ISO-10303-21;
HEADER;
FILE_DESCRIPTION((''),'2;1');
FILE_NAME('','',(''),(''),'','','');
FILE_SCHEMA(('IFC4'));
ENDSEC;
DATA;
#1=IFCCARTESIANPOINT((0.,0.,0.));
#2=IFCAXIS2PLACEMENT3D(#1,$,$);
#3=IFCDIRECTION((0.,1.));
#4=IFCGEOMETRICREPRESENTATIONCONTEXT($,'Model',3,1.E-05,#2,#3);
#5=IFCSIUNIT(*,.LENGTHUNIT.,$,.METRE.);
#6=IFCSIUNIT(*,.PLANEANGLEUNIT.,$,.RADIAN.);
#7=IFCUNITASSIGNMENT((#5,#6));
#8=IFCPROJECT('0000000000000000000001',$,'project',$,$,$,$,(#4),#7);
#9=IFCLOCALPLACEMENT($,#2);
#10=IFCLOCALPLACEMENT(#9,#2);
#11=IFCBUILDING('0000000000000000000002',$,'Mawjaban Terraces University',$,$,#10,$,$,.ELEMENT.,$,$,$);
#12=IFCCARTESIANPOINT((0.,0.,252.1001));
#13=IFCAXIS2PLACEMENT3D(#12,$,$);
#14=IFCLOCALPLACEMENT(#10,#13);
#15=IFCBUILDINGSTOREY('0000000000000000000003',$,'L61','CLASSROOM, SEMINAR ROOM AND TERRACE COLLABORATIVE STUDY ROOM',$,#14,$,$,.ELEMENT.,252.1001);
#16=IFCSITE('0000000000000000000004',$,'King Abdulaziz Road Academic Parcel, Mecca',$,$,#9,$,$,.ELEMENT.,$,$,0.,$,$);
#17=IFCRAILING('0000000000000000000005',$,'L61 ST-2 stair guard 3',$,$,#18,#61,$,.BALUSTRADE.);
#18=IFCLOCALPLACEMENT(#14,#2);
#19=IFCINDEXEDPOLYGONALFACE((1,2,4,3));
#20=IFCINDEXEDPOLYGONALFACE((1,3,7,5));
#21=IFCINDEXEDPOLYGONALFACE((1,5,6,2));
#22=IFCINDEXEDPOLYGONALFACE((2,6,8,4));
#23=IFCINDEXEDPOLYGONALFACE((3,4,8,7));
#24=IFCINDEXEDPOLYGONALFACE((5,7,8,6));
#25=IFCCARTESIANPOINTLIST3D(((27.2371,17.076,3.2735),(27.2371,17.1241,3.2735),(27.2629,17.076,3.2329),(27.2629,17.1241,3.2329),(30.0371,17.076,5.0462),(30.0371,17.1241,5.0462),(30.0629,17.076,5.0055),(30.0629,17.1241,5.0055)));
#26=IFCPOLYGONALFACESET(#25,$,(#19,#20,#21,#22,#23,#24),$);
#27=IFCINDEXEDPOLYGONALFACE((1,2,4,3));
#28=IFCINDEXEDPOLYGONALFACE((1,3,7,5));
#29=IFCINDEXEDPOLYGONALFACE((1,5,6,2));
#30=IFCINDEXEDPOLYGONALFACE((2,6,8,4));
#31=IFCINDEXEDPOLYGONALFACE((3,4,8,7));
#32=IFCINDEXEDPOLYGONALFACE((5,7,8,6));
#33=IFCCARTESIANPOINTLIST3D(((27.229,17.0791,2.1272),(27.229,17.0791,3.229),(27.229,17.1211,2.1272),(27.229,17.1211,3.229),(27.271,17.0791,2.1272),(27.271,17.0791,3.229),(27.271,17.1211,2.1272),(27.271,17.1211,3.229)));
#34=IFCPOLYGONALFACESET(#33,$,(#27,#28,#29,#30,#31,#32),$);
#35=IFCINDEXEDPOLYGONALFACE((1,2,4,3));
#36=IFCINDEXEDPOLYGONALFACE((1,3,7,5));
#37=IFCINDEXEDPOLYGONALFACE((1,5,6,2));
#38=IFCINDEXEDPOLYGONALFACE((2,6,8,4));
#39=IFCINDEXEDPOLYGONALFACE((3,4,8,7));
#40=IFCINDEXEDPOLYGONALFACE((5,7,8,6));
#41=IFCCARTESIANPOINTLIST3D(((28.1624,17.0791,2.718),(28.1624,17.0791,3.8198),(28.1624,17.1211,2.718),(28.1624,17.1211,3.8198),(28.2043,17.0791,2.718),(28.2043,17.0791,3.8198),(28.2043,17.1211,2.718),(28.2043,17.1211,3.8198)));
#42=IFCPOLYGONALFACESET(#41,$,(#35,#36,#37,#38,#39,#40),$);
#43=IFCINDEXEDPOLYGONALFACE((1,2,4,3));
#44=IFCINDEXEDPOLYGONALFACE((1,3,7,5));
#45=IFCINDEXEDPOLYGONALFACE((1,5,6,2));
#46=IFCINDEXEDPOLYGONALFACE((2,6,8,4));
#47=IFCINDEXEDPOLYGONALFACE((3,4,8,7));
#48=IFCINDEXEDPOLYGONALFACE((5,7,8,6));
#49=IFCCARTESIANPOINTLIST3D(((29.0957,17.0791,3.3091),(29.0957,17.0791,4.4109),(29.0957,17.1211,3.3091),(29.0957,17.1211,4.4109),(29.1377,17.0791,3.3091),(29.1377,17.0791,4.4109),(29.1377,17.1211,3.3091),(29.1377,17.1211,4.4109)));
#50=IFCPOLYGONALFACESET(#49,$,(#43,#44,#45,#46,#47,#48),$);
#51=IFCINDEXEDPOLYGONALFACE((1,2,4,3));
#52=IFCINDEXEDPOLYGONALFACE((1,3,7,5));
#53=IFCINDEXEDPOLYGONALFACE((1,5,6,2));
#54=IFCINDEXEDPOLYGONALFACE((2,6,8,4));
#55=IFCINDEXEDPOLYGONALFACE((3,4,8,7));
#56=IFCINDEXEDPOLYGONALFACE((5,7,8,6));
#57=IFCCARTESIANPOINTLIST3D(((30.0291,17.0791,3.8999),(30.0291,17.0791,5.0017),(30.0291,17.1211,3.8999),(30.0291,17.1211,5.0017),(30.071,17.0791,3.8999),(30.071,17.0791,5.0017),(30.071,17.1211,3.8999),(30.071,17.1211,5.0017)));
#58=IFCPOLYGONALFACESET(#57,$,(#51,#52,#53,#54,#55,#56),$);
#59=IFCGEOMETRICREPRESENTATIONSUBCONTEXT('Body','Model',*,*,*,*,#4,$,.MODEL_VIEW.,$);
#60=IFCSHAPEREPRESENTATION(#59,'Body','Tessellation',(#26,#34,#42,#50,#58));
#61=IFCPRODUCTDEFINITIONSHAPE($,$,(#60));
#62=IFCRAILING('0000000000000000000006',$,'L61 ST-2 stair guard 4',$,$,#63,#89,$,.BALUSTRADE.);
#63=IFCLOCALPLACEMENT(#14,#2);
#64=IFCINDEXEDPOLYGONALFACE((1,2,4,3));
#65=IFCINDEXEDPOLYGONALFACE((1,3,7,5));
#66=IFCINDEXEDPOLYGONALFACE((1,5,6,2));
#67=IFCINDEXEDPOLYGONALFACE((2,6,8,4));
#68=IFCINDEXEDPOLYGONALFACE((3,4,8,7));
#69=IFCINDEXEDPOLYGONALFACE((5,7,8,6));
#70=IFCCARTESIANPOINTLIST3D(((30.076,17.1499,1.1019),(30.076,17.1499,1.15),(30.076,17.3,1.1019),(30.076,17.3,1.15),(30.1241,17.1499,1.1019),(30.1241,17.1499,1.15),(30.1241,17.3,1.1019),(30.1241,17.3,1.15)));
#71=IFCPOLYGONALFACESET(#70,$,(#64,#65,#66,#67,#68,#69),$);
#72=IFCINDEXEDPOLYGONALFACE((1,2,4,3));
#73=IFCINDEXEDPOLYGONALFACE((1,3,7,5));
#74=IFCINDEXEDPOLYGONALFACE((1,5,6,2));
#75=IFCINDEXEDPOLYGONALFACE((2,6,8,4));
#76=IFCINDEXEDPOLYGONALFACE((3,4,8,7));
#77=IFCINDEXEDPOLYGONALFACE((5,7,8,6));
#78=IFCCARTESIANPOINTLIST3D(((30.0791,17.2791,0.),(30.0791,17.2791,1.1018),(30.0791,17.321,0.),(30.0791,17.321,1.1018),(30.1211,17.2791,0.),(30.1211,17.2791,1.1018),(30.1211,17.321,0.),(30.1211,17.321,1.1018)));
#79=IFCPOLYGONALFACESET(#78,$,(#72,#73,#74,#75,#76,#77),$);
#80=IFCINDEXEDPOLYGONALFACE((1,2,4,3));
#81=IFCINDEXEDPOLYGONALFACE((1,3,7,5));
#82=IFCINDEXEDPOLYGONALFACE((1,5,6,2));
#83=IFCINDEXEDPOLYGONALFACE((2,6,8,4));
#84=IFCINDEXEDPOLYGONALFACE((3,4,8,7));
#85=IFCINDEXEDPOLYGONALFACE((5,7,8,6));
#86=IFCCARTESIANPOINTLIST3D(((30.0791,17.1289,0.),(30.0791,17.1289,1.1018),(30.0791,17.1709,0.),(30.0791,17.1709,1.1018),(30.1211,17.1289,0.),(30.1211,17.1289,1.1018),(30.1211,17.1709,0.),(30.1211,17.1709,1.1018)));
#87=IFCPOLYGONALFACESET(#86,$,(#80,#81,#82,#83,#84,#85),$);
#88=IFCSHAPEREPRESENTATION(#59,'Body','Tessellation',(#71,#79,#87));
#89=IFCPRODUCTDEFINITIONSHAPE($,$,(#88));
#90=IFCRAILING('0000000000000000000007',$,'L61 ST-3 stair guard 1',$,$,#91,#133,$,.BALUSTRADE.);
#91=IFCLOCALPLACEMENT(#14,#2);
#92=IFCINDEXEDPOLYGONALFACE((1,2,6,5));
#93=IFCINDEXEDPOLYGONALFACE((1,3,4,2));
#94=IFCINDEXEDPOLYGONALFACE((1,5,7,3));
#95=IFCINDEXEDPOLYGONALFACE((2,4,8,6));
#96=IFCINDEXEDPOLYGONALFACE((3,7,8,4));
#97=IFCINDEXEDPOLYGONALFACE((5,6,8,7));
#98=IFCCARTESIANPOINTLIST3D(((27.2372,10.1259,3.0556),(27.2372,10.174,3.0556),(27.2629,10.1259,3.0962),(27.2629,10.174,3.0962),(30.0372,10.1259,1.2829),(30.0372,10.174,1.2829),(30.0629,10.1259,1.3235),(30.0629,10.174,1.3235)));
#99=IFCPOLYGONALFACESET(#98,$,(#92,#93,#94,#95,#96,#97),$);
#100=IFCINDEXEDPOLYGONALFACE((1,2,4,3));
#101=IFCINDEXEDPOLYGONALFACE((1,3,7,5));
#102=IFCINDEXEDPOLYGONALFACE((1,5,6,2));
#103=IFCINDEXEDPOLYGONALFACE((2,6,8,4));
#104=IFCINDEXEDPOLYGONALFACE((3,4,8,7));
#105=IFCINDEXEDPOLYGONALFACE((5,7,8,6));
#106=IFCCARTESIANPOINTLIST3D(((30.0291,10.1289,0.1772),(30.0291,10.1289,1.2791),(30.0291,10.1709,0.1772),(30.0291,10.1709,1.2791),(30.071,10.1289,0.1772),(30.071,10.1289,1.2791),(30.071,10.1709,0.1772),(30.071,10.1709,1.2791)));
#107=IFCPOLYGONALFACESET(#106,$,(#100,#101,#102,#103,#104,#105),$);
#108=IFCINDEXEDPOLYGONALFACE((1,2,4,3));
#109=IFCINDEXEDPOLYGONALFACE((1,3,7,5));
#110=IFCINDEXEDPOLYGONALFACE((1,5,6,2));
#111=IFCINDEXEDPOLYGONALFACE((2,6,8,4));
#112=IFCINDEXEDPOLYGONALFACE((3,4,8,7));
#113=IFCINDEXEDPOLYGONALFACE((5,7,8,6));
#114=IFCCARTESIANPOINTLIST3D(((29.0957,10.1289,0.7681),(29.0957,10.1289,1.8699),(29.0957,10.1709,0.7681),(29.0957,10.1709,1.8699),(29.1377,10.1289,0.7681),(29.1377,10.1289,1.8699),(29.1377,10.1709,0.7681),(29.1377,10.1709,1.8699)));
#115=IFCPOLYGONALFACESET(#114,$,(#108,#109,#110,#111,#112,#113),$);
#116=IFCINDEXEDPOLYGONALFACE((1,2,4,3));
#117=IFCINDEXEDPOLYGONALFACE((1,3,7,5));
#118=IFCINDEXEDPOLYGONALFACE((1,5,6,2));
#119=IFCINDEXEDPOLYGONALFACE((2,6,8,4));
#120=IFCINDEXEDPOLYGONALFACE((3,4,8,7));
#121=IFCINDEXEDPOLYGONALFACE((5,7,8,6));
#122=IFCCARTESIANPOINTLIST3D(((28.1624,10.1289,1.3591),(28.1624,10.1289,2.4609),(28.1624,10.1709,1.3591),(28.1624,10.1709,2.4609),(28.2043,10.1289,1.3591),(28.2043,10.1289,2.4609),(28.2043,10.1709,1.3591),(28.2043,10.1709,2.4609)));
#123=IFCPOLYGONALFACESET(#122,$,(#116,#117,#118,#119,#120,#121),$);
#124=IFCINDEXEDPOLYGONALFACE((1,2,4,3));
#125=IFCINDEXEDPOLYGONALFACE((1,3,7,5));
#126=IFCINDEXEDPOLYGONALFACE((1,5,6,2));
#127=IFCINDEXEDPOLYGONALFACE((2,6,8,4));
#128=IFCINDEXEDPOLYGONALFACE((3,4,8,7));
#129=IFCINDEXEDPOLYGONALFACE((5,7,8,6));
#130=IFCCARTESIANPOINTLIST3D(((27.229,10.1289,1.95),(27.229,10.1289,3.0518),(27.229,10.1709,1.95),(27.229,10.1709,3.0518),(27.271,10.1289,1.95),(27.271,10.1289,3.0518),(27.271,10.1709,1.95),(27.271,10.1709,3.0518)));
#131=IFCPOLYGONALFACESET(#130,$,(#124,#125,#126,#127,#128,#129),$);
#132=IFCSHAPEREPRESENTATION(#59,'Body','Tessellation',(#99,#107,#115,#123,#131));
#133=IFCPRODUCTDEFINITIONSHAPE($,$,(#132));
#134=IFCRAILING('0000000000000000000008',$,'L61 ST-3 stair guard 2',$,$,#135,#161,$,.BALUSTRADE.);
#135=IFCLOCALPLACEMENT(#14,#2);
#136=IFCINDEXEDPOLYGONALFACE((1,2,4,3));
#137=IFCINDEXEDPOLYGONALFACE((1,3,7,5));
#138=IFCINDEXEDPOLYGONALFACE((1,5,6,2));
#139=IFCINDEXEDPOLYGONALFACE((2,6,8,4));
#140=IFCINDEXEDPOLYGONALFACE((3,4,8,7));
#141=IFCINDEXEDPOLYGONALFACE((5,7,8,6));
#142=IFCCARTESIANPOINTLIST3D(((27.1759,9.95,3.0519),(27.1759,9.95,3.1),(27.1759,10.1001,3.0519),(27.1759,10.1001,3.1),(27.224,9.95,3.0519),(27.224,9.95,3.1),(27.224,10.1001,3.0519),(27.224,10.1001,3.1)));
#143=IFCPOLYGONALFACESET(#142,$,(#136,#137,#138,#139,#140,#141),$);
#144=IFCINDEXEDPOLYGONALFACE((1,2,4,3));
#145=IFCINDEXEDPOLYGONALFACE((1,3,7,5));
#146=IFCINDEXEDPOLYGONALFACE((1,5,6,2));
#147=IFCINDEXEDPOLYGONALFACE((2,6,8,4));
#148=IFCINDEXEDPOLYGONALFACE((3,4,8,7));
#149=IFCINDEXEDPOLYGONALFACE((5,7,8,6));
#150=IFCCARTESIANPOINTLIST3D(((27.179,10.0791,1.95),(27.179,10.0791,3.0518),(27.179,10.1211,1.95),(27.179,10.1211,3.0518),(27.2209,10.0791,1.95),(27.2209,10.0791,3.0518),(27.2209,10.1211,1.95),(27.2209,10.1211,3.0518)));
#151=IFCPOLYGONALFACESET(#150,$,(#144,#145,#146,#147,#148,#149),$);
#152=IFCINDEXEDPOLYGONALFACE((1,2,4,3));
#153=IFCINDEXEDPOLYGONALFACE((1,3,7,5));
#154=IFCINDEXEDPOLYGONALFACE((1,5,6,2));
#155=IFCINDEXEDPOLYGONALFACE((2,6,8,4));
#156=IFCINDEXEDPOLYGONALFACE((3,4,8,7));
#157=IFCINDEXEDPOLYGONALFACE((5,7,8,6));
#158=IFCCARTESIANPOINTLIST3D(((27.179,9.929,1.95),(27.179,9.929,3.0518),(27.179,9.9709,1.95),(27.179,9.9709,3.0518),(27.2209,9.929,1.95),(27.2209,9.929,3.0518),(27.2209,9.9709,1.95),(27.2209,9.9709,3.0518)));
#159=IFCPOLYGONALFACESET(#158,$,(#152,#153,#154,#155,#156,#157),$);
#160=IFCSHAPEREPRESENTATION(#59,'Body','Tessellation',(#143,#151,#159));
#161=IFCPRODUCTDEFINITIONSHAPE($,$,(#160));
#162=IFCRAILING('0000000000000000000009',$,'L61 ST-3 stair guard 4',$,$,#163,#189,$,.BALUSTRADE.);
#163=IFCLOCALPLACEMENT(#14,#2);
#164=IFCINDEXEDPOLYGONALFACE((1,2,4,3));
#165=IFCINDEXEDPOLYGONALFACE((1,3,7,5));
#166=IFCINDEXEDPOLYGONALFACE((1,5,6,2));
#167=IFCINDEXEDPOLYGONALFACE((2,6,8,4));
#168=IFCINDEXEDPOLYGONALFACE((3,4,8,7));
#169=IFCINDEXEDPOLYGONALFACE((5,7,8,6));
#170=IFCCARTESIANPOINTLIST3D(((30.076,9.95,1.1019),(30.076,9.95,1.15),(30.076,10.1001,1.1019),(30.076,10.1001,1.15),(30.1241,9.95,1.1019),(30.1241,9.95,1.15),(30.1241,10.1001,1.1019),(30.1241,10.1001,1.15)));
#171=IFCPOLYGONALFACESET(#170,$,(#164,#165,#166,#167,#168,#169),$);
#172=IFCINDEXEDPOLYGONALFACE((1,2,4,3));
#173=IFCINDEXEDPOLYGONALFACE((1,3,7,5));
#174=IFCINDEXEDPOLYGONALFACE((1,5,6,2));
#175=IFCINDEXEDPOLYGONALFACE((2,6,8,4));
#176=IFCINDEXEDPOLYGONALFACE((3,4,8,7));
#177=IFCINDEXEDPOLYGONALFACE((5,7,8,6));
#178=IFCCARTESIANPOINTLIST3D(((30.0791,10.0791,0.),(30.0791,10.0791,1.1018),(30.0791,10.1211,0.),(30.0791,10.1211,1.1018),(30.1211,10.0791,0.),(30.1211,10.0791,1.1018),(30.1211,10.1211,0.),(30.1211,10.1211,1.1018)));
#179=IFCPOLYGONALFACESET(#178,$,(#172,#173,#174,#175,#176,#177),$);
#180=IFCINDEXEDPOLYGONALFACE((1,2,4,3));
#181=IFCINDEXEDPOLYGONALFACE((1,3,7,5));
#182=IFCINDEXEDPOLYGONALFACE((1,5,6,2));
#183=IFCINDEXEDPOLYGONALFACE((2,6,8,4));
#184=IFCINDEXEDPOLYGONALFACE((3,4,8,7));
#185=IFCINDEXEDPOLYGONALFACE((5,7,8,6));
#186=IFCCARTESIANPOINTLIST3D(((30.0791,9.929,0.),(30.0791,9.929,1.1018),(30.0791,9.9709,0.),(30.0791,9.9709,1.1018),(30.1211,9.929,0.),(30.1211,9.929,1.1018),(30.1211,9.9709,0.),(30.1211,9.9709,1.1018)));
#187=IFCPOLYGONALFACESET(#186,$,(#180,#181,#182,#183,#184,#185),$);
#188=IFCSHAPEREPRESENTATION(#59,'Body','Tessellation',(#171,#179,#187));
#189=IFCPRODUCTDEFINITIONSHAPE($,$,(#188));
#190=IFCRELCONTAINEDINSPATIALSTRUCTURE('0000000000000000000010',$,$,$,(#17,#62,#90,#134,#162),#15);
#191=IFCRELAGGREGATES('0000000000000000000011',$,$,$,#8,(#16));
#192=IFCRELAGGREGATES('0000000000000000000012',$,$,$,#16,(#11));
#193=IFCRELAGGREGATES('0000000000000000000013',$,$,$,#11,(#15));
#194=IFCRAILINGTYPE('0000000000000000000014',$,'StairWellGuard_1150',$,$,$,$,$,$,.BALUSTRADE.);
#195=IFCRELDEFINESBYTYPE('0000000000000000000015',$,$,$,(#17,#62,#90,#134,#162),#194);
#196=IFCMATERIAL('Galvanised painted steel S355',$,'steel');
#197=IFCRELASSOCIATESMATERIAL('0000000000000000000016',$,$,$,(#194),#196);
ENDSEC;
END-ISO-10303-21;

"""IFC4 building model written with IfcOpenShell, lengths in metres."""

from ifc_helpers import new_model, si_unit, direction, frame, origin, origin_2d, place, context, subcontext, project, spatial, rectangle, extrude, material, type_object, element, save


model = new_model("IFC4")

# Units and contexts
model_context = context("Model", 3, precision=1e-05, world=origin(), true_north=direction((0.0, 1.0)))
body_context = subcontext(model_context, "Body", "Model", "MODEL_VIEW")
ifc_project = project(units=[si_unit("LENGTHUNIT", "METRE"), si_unit("PLANEANGLEUNIT", "RADIAN")], contexts=[model_context])

# Site, building, storey
site_placement = place(None, origin())
site = spatial("IfcSite", under=ifc_project, at=site_placement, Name="King Abdulaziz Road Academic Parcel, Mecca", CompositionType="ELEMENT", RefElevation=0.0)
building_placement = place(site_placement, origin())
building = spatial("IfcBuilding", under=site, at=building_placement, Name="Mawjaban Terraces University", CompositionType="ELEMENT")
storey_placement = place(building_placement, frame((0.0, 0.0, 252.1001)))
storey = spatial("IfcBuildingStorey", under=building, at=storey_placement, Name="L61", Description="CLASSROOM, SEMINAR ROOM AND TERRACE COLLABORATIVE STUDY ROOM", CompositionType="ELEMENT", Elevation=252.1001)

# Railings
ifc_material_1 = material(Name="Galvanised painted steel S355", Category="steel")
railing_type_1 = type_object("IfcRailingType", Name="StairWellGuard_1150", PredefinedType="BALUSTRADE", material=ifc_material_1)
railing_1_placement = place(storey_placement, frame((27.25, 17.1001, 2.1272)))
element("IfcRailing", 1, at=railing_1_placement, inside=storey, type_object=railing_type_1, Name="L61 ST-2 stair guard 3", PredefinedType="BALUSTRADE", context=body_context, shape_type="SweptSolid", body=[
    extrude(rectangle(XDim=0.0481, YDim=0.0481, at=origin_2d()), frame((0.0, 0.0, 1.126), z_axis=(0.844909, 0.0, 0.53491), x_axis=(0.0, 1.0, 0.0)), (0.0, 0.0, 1.0), 3.314),
    extrude(rectangle(XDim=0.042, YDim=0.042, at=origin_2d()), origin(), (0.0, 0.0, 1.0), 1.1018),
    extrude(rectangle(XDim=0.042, YDim=0.042, at=origin_2d()), frame((0.9333, 0.0, 0.5908)), (0.0, 0.0, 1.0), 1.1018),
    extrude(rectangle(XDim=0.042, YDim=0.042, at=origin_2d()), frame((1.8667, 0.0, 1.1819)), (0.0, 0.0, 1.0), 1.1018),
    extrude(rectangle(XDim=0.042, YDim=0.042, at=origin_2d()), frame((2.8, 0.0, 1.7727)), (0.0, 0.0, 1.0), 1.1018),
])
railing_2_placement = place(storey_placement, frame((30.1001, 17.3, 0.0)))
element("IfcRailing", 2, at=railing_2_placement, inside=storey, type_object=railing_type_1, Name="L61 ST-2 stair guard 4", PredefinedType="BALUSTRADE", context=body_context, shape_type="SweptSolid", body=[
    extrude(rectangle(XDim=0.0481, YDim=0.0481, at=origin_2d()), frame((0.0, 0.0, 1.126), z_axis=(0.0, -1.0, 0.0), x_axis=(1.0, 0.0, 0.0)), (0.0, 0.0, 1.0), 0.1501),
    extrude(rectangle(XDim=0.042, YDim=0.042, at=origin_2d()), origin(), (0.0, 0.0, 1.0), 1.1018),
    extrude(rectangle(XDim=0.042, YDim=0.042, at=origin_2d()), frame((0.0, -0.1501, 0.0)), (0.0, 0.0, 1.0), 1.1018),
])
railing_3_placement = place(storey_placement, frame((30.05, 10.1499, 0.1772)))
element("IfcRailing", 3, at=railing_3_placement, inside=storey, type_object=railing_type_1, Name="L61 ST-3 stair guard 1", PredefinedType="BALUSTRADE", context=body_context, shape_type="SweptSolid", body=[
    extrude(rectangle(XDim=0.0481, YDim=0.0481, at=origin_2d()), frame((0.0, 0.0, 1.126), z_axis=(-0.844909, 0.0, 0.53491), x_axis=(0.0, -1.0, 0.0)), (0.0, 0.0, 1.0), 3.314),
    extrude(rectangle(XDim=0.042, YDim=0.042, at=origin_2d()), origin(), (0.0, 0.0, 1.0), 1.1018),
    extrude(rectangle(XDim=0.042, YDim=0.042, at=origin_2d()), frame((-0.9333, 0.0, 0.5908)), (0.0, 0.0, 1.0), 1.1018),
    extrude(rectangle(XDim=0.042, YDim=0.042, at=origin_2d()), frame((-1.8667, 0.0, 1.1819)), (0.0, 0.0, 1.0), 1.1018),
    extrude(rectangle(XDim=0.042, YDim=0.042, at=origin_2d()), frame((-2.8, 0.0, 1.7727)), (0.0, 0.0, 1.0), 1.1018),
])
for number, where, name in (
    (4, (27.2, 10.1001, 1.95), "L61 ST-3 stair guard 2"),
    (5, (30.1001, 10.1001, 0.0), "L61 ST-3 stair guard 4"),
):
    element("IfcRailing", number, at=place(storey_placement, frame(where)), inside=storey, type_object=railing_type_1, Name=name, PredefinedType="BALUSTRADE", context=body_context, shape_type="SweptSolid", body=[
        extrude(rectangle(XDim=0.0481, YDim=0.0481, at=origin_2d()), frame((0.0, 0.0, 1.126), z_axis=(0.0, -1.0, 0.0), x_axis=(1.0, 0.0, 0.0)), (0.0, 0.0, 1.0), 0.1501),
        extrude(rectangle(XDim=0.042, YDim=0.042, at=origin_2d()), origin(), (0.0, 0.0, 1.0), 1.1018),
        extrude(rectangle(XDim=0.042, YDim=0.042, at=origin_2d()), frame((0.0, -0.1501, 0.0)), (0.0, 0.0, 1.0), 1.1018),
    ])

save(model, "model.ifc")
